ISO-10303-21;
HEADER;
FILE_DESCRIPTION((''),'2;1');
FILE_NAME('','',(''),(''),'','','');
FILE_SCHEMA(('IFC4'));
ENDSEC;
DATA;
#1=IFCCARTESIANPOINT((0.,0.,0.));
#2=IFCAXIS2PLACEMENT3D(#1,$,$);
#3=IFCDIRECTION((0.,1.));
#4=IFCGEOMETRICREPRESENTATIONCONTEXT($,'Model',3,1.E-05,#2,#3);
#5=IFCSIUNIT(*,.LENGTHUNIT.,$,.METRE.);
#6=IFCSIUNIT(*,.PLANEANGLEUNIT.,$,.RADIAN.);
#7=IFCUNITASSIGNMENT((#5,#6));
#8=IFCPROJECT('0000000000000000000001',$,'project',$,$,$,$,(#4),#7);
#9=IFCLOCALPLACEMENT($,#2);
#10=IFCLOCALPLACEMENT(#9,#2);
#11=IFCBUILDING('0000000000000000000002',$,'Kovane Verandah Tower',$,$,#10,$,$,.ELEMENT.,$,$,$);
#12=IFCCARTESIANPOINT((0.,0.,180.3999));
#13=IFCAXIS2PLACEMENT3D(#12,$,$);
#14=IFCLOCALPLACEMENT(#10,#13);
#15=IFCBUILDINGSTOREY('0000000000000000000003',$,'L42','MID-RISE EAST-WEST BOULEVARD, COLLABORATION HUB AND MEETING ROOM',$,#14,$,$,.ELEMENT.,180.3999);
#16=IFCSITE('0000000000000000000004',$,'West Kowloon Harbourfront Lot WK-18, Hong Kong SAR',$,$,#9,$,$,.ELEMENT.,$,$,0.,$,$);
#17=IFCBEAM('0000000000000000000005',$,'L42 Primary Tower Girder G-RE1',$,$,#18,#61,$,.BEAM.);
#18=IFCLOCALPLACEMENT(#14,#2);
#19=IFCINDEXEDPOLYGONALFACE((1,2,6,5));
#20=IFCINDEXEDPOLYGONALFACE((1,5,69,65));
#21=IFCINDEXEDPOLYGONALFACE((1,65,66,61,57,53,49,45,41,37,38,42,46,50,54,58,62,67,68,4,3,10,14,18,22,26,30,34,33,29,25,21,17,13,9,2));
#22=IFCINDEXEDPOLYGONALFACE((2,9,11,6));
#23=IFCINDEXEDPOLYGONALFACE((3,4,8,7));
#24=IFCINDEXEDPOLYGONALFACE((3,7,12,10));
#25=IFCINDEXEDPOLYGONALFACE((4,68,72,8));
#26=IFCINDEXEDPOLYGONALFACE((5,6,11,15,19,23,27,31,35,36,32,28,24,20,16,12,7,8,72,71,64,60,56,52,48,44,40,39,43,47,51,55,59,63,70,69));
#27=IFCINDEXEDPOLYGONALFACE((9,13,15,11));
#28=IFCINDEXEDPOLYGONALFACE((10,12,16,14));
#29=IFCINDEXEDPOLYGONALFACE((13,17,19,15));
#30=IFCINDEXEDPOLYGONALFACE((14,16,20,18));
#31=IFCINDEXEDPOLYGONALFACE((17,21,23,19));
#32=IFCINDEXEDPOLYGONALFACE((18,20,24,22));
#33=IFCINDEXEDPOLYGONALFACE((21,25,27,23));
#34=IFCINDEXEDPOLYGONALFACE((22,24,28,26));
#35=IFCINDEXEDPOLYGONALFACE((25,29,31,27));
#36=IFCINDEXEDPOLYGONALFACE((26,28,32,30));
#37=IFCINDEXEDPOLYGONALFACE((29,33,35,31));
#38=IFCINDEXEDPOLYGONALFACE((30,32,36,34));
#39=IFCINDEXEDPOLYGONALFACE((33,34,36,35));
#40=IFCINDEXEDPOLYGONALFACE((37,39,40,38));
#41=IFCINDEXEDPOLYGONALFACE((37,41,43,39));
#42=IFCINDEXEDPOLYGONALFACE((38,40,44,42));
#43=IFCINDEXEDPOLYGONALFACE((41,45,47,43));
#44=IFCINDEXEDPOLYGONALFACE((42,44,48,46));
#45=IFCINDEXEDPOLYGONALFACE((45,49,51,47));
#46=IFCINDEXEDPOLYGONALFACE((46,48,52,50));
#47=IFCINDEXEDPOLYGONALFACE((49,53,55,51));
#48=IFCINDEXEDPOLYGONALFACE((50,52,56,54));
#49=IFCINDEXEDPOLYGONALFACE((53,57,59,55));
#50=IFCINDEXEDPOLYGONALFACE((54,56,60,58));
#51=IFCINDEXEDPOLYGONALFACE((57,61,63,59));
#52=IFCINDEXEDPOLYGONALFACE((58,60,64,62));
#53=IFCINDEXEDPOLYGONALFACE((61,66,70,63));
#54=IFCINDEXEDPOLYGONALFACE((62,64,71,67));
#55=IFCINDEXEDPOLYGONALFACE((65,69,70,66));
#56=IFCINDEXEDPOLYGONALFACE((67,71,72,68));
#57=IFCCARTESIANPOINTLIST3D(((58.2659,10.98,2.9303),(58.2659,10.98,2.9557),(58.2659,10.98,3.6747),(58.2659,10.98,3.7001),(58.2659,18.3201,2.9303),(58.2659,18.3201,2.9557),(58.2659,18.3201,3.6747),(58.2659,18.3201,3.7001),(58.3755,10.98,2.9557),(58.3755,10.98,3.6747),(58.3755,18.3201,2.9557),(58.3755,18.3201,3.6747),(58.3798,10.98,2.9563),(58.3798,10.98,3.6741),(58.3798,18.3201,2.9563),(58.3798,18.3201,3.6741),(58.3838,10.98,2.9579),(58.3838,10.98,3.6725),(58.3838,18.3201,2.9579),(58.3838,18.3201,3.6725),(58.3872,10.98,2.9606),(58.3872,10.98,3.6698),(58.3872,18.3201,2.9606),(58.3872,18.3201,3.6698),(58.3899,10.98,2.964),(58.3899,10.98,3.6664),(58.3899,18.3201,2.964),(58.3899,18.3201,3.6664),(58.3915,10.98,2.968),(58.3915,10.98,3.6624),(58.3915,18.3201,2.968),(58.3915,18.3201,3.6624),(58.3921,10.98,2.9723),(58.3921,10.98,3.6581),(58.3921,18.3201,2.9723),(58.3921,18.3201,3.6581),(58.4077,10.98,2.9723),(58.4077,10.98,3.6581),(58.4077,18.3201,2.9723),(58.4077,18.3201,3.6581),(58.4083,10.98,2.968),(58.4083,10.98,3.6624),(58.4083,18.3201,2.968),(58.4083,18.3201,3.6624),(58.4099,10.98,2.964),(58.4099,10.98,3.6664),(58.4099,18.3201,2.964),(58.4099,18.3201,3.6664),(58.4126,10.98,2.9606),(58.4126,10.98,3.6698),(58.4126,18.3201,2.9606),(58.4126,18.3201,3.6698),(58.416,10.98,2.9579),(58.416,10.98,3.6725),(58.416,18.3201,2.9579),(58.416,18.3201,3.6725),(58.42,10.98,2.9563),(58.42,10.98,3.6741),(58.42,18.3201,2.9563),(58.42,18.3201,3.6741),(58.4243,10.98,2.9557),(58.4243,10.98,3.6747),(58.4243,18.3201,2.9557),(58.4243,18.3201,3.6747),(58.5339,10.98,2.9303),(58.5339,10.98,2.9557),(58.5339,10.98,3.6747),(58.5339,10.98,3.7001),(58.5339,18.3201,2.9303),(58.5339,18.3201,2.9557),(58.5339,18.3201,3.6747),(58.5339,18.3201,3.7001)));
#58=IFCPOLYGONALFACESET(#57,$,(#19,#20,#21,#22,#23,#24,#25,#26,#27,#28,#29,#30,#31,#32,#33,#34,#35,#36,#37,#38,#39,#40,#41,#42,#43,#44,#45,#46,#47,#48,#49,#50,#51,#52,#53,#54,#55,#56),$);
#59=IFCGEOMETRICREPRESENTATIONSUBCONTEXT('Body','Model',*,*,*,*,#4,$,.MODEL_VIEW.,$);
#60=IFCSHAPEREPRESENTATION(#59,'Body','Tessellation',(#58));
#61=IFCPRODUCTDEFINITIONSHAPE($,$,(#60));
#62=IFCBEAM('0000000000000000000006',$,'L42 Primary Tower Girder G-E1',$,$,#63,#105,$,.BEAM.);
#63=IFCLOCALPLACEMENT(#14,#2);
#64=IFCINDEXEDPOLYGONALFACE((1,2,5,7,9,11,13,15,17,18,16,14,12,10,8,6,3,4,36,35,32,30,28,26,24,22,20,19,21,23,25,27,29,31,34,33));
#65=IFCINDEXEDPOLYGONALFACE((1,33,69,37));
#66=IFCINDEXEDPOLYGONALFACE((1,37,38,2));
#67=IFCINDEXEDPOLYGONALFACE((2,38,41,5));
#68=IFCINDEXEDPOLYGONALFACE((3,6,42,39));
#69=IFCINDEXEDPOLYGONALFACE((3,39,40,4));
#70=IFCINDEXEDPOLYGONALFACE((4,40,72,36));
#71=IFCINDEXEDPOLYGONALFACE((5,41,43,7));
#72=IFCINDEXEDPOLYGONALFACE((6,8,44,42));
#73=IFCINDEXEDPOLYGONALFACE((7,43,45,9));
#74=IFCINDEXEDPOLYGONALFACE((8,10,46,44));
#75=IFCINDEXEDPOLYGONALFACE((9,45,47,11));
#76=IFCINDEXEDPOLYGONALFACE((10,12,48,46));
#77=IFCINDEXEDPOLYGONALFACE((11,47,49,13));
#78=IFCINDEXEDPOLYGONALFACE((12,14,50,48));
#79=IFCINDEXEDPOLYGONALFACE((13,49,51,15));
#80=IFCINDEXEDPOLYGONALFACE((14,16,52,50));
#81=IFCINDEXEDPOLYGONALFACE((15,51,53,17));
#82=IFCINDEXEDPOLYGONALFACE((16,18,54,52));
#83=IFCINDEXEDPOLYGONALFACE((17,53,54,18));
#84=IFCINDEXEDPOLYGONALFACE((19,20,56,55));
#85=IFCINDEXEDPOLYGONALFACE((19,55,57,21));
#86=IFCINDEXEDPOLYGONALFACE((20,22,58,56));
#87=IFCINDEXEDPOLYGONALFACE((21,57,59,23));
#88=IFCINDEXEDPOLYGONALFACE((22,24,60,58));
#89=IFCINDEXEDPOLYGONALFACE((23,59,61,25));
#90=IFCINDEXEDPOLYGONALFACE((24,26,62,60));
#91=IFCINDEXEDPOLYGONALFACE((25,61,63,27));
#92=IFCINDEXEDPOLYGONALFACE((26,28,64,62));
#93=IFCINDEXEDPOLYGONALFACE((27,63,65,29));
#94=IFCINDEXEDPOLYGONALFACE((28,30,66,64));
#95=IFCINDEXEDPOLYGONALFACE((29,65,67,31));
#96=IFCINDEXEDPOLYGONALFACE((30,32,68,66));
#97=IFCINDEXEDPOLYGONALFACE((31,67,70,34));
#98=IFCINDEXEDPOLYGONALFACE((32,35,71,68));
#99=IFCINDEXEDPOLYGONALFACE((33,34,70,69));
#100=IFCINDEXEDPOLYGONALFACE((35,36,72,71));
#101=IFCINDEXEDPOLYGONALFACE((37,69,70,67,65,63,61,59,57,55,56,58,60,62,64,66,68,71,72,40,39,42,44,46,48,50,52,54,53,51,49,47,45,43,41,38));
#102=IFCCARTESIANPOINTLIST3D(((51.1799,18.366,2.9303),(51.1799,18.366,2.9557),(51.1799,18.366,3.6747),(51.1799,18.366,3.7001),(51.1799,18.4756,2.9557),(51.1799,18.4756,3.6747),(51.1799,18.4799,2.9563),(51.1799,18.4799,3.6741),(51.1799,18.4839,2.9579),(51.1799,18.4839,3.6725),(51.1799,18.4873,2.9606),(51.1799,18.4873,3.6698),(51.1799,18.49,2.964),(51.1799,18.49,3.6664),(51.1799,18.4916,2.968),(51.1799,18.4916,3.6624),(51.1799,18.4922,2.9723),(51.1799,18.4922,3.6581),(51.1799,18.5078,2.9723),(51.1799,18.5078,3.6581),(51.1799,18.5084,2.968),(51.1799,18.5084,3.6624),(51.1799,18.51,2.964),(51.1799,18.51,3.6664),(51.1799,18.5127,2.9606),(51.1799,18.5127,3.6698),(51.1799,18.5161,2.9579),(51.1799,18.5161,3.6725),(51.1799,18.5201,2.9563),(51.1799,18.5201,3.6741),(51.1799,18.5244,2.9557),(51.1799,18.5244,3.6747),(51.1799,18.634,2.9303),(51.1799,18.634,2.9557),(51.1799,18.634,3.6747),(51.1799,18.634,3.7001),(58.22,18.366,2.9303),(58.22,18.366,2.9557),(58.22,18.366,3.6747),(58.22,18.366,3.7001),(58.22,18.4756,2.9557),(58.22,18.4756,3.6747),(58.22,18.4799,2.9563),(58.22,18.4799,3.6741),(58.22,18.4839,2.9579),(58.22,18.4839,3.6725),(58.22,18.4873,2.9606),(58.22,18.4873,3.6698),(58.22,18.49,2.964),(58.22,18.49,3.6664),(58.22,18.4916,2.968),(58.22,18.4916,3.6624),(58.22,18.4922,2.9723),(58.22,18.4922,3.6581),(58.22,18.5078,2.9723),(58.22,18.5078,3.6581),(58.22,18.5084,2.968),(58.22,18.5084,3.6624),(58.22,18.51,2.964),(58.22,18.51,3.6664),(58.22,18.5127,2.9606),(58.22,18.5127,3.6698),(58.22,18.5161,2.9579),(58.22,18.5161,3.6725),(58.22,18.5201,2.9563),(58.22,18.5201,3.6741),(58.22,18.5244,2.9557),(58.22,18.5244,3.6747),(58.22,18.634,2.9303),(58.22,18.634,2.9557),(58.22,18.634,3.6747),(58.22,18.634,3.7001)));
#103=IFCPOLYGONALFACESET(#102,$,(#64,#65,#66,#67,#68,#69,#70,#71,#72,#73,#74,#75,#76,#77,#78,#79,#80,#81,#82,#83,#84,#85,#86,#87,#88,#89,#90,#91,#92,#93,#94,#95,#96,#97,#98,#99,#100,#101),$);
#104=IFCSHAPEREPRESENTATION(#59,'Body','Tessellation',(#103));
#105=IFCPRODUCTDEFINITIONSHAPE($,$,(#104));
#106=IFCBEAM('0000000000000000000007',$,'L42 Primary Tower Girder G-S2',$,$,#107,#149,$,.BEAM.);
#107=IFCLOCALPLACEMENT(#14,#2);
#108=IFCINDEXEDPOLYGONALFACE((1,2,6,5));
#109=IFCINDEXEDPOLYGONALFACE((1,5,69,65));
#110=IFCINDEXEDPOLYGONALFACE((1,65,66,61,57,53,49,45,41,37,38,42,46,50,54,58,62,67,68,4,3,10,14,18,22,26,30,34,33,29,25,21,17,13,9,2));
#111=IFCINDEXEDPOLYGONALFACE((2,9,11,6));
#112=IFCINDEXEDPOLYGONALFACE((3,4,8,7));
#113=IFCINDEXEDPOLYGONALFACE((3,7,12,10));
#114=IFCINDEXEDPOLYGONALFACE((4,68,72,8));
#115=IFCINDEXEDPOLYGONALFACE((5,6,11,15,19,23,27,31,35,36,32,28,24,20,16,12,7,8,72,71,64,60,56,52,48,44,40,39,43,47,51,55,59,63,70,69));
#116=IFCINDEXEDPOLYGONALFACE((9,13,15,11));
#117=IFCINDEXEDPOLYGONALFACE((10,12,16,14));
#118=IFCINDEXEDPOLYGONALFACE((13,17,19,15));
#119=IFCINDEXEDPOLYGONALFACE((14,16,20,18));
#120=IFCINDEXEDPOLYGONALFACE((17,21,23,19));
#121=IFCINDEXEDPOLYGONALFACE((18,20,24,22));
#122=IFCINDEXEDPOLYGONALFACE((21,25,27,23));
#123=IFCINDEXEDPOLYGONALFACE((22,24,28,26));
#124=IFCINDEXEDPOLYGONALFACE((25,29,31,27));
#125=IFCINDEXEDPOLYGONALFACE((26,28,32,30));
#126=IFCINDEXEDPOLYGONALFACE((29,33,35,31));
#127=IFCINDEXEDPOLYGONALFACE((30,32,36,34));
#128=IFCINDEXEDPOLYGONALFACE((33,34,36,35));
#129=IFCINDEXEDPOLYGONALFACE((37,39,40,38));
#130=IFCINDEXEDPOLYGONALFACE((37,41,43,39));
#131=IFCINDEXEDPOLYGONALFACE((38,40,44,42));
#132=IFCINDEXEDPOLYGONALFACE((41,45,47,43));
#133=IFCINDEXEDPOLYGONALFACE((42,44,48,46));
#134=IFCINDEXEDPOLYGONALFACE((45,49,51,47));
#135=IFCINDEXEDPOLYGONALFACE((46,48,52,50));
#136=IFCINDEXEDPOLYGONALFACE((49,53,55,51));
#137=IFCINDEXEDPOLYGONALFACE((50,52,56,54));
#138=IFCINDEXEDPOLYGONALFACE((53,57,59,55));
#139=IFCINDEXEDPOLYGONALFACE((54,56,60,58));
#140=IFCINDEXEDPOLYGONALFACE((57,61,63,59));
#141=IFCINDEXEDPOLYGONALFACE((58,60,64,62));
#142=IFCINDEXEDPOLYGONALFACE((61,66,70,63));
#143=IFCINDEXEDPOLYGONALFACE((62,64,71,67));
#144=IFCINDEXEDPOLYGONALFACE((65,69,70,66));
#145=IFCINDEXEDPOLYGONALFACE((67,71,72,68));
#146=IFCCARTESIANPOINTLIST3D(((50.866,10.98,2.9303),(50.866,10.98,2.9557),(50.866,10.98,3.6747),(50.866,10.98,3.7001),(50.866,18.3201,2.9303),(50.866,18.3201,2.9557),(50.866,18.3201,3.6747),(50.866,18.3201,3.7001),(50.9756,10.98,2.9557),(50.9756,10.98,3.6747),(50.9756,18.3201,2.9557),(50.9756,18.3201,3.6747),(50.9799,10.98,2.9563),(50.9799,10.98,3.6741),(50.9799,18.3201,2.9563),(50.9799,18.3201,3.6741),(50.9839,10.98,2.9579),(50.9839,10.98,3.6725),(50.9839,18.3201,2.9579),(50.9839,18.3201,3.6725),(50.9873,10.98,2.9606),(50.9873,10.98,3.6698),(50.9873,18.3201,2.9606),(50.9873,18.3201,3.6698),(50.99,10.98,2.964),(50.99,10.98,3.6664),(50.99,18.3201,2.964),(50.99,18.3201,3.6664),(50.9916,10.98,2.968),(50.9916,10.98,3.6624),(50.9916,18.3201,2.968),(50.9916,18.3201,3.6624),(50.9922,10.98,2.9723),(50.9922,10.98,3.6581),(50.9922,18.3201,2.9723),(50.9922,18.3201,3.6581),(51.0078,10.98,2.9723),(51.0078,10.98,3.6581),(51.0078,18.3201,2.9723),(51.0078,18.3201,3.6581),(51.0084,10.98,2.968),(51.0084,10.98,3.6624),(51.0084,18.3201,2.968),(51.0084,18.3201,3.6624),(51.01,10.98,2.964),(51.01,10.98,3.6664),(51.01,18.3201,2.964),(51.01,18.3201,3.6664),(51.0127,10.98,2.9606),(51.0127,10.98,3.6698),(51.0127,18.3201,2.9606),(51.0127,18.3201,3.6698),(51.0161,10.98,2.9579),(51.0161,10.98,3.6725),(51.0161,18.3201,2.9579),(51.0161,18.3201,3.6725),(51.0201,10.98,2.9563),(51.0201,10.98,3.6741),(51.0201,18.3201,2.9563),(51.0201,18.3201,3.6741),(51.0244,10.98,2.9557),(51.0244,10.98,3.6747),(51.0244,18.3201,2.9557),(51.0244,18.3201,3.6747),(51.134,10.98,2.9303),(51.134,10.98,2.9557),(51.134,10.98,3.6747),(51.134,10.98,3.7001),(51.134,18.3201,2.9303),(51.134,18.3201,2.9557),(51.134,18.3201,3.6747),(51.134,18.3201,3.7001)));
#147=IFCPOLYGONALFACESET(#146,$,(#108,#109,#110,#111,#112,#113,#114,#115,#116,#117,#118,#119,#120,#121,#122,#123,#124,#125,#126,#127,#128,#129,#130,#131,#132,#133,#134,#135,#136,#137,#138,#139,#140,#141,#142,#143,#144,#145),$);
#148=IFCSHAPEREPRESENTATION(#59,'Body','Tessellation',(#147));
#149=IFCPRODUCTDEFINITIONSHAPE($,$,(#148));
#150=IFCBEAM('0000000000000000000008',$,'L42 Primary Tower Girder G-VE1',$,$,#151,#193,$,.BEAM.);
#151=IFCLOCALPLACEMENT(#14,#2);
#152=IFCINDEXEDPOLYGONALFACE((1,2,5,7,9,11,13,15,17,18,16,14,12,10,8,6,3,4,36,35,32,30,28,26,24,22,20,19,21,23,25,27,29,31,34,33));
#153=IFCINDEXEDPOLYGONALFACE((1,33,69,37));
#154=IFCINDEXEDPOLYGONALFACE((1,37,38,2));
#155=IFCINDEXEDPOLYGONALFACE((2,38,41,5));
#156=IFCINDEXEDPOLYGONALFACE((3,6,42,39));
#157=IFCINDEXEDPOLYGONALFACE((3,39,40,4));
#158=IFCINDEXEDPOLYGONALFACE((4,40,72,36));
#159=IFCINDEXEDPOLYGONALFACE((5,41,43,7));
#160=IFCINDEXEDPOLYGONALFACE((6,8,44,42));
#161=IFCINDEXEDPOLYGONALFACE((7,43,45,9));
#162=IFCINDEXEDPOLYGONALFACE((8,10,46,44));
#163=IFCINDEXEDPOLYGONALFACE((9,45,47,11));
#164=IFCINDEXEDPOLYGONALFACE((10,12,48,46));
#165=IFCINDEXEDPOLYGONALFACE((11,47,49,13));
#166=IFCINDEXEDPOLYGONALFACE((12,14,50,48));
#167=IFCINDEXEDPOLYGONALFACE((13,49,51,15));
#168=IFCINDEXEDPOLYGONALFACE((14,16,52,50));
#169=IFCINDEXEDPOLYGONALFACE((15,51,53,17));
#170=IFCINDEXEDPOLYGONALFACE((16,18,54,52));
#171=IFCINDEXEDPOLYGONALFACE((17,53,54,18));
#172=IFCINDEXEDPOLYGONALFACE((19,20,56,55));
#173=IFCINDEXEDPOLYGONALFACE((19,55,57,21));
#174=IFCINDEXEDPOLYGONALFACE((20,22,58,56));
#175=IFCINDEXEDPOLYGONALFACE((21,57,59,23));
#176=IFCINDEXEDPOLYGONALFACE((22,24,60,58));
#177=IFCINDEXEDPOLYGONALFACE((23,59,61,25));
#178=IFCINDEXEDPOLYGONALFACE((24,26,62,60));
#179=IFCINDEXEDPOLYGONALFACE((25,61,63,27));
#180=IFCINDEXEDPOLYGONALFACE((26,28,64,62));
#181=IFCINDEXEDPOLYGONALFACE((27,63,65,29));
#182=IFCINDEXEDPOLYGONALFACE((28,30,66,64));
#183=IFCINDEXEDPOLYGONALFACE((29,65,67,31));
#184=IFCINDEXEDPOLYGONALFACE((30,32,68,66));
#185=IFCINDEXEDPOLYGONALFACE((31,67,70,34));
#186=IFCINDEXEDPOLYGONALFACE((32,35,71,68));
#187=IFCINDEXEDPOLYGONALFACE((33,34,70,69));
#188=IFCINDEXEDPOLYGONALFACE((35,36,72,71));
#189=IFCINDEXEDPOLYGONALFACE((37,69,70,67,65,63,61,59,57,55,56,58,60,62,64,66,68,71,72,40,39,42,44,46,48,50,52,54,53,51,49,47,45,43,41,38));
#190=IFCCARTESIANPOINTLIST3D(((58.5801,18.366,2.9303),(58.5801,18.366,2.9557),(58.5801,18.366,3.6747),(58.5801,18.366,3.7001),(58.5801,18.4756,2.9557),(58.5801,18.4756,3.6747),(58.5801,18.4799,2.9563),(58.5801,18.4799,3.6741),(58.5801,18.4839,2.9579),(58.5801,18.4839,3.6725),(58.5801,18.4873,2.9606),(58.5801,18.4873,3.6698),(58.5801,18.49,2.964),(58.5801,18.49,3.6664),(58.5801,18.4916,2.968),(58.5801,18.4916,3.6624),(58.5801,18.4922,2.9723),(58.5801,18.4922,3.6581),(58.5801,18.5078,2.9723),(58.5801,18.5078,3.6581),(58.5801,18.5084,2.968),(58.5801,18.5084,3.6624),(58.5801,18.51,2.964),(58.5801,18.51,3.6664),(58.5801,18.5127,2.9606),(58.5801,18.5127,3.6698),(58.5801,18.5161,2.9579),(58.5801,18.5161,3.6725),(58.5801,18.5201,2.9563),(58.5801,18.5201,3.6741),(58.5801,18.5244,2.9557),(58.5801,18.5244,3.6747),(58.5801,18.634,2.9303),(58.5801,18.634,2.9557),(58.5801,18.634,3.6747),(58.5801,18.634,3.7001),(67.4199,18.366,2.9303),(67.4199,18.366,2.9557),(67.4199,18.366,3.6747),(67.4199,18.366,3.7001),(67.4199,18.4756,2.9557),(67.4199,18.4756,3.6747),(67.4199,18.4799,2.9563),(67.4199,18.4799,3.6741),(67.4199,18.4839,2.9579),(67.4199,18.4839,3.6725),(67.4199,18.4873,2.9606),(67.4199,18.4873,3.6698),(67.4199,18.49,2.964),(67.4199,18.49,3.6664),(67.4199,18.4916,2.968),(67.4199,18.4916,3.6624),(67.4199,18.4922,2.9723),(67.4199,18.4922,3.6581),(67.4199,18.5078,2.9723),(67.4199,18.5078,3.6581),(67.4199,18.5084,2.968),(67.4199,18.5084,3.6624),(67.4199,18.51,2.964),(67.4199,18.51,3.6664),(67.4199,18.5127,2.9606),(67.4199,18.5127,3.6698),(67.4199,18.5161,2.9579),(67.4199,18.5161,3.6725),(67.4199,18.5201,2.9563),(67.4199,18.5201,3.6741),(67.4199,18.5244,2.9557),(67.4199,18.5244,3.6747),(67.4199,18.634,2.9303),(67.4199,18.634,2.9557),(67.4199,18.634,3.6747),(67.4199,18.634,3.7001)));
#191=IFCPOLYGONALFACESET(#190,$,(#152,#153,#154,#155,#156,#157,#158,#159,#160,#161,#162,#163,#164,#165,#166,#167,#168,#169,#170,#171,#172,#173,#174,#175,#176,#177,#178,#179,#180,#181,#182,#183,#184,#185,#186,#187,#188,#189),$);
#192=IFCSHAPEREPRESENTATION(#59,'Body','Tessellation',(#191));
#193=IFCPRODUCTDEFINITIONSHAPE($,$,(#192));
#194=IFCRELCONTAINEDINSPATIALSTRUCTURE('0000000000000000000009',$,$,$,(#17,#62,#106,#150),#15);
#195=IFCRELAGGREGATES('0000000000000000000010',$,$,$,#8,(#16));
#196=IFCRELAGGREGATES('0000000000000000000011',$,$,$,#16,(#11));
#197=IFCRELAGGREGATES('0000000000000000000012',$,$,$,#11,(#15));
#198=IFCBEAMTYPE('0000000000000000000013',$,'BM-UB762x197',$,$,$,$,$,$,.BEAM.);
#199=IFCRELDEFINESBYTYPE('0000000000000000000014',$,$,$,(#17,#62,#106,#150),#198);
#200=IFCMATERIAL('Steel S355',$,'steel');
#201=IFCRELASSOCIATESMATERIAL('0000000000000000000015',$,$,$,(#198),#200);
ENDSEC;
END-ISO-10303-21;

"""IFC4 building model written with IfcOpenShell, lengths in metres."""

from ifc_helpers import new_model, si_unit, direction, frame, origin, origin_2d, place, context, subcontext, project, spatial, i_section, extrude, material, material_profile, profile_set, type_object, element, save


model = new_model("IFC4")

# Units and contexts
model_context = context("Model", 3, precision=1e-05, world=origin(), true_north=direction((0.0, 1.0)))
body_context = subcontext(model_context, "Body", "Model", "MODEL_VIEW")
ifc_project = project(units=[si_unit("LENGTHUNIT", "METRE"), si_unit("PLANEANGLEUNIT", "RADIAN")], contexts=[model_context])

# Site, building, storey
site_placement = place(None, origin())
site = spatial("IfcSite", under=ifc_project, at=site_placement, Name="West Kowloon Harbourfront Lot WK-18, Hong Kong SAR", CompositionType="ELEMENT", RefElevation=0.0)
building_placement = place(site_placement, origin())
building = spatial("IfcBuilding", under=site, at=building_placement, Name="Kovane Verandah Tower", CompositionType="ELEMENT")
storey_placement = place(building_placement, frame((0.0, 0.0, 180.3999)))
storey = spatial("IfcBuildingStorey", under=building, at=storey_placement, Name="L42", Description="MID-RISE EAST-WEST BOULEVARD, COLLABORATION HUB AND MEETING ROOM", CompositionType="ELEMENT", Elevation=180.3999)

# Beams
ifc_material_1 = material(Name="Steel S355", Category="steel")
ifc_material_profile_1 = material_profile(ifc_material_1, i_section(OverallWidth=0.2681, OverallDepth=0.7698, WebThickness=0.0156, FlangeThickness=0.0254, FilletRadius=0.0166, at=origin_2d()), Name="UB762x267x197")
ifc_profile_set_1 = profile_set([ifc_material_profile_1], Name="Steel S355")
beam_type_1 = type_object("IfcBeamType", Name="BM-UB762x197", PredefinedType="BEAM", material=ifc_profile_set_1)
beam_1_placement = place(storey_placement, frame((58.3999, 10.98, 3.3152), z_axis=(0.0, 1.0, 0.0), x_axis=(-1.0, 0.0, 0.0)))
element("IfcBeam", 1, at=beam_1_placement, inside=storey, type_object=beam_type_1, Name="L42 Primary Tower Girder G-RE1", PredefinedType="BEAM", context=body_context, shape_type="SweptSolid", body=[
    extrude(i_section(OverallWidth=0.2681, OverallDepth=0.7698, WebThickness=0.0156, FlangeThickness=0.0254, FilletRadius=0.0166, at=origin_2d()), origin(), (0.0, 0.0, 1.0), 7.3401),
])
beam_2_placement = place(storey_placement, frame((51.1799, 18.5, 3.3152), z_axis=(1.0, 0.0, 0.0), x_axis=(0.0, 1.0, 0.0)))
element("IfcBeam", 2, at=beam_2_placement, inside=storey, type_object=beam_type_1, Name="L42 Primary Tower Girder G-E1", PredefinedType="BEAM", context=body_context, shape_type="SweptSolid", body=[
    extrude(i_section(OverallWidth=0.2681, OverallDepth=0.7698, WebThickness=0.0156, FlangeThickness=0.0254, FilletRadius=0.0166, at=origin_2d()), origin(), (0.0, 0.0, 1.0), 7.04),
])
beam_3_placement = place(storey_placement, frame((51.0, 18.3201, 3.3152), z_axis=(0.0, -1.0, 0.0), x_axis=(1.0, 0.0, 0.0)))
element("IfcBeam", 3, at=beam_3_placement, inside=storey, type_object=beam_type_1, Name="L42 Primary Tower Girder G-S2", PredefinedType="BEAM", context=body_context, shape_type="SweptSolid", body=[
    extrude(i_section(OverallWidth=0.2681, OverallDepth=0.7698, WebThickness=0.0156, FlangeThickness=0.0254, FilletRadius=0.0166, at=origin_2d()), origin(), (0.0, 0.0, 1.0), 7.3401),
])
beam_4_placement = place(storey_placement, frame((58.5801, 18.5, 3.3152), z_axis=(1.0, 0.0, 0.0), x_axis=(0.0, 1.0, 0.0)))
element("IfcBeam", 4, at=beam_4_placement, inside=storey, type_object=beam_type_1, Name="L42 Primary Tower Girder G-VE1", PredefinedType="BEAM", context=body_context, shape_type="SweptSolid", body=[
    extrude(i_section(OverallWidth=0.2681, OverallDepth=0.7698, WebThickness=0.0156, FlangeThickness=0.0254, FilletRadius=0.0166, at=origin_2d()), origin(), (0.0, 0.0, 1.0), 8.8398),
])

save(model, "model.ifc")
